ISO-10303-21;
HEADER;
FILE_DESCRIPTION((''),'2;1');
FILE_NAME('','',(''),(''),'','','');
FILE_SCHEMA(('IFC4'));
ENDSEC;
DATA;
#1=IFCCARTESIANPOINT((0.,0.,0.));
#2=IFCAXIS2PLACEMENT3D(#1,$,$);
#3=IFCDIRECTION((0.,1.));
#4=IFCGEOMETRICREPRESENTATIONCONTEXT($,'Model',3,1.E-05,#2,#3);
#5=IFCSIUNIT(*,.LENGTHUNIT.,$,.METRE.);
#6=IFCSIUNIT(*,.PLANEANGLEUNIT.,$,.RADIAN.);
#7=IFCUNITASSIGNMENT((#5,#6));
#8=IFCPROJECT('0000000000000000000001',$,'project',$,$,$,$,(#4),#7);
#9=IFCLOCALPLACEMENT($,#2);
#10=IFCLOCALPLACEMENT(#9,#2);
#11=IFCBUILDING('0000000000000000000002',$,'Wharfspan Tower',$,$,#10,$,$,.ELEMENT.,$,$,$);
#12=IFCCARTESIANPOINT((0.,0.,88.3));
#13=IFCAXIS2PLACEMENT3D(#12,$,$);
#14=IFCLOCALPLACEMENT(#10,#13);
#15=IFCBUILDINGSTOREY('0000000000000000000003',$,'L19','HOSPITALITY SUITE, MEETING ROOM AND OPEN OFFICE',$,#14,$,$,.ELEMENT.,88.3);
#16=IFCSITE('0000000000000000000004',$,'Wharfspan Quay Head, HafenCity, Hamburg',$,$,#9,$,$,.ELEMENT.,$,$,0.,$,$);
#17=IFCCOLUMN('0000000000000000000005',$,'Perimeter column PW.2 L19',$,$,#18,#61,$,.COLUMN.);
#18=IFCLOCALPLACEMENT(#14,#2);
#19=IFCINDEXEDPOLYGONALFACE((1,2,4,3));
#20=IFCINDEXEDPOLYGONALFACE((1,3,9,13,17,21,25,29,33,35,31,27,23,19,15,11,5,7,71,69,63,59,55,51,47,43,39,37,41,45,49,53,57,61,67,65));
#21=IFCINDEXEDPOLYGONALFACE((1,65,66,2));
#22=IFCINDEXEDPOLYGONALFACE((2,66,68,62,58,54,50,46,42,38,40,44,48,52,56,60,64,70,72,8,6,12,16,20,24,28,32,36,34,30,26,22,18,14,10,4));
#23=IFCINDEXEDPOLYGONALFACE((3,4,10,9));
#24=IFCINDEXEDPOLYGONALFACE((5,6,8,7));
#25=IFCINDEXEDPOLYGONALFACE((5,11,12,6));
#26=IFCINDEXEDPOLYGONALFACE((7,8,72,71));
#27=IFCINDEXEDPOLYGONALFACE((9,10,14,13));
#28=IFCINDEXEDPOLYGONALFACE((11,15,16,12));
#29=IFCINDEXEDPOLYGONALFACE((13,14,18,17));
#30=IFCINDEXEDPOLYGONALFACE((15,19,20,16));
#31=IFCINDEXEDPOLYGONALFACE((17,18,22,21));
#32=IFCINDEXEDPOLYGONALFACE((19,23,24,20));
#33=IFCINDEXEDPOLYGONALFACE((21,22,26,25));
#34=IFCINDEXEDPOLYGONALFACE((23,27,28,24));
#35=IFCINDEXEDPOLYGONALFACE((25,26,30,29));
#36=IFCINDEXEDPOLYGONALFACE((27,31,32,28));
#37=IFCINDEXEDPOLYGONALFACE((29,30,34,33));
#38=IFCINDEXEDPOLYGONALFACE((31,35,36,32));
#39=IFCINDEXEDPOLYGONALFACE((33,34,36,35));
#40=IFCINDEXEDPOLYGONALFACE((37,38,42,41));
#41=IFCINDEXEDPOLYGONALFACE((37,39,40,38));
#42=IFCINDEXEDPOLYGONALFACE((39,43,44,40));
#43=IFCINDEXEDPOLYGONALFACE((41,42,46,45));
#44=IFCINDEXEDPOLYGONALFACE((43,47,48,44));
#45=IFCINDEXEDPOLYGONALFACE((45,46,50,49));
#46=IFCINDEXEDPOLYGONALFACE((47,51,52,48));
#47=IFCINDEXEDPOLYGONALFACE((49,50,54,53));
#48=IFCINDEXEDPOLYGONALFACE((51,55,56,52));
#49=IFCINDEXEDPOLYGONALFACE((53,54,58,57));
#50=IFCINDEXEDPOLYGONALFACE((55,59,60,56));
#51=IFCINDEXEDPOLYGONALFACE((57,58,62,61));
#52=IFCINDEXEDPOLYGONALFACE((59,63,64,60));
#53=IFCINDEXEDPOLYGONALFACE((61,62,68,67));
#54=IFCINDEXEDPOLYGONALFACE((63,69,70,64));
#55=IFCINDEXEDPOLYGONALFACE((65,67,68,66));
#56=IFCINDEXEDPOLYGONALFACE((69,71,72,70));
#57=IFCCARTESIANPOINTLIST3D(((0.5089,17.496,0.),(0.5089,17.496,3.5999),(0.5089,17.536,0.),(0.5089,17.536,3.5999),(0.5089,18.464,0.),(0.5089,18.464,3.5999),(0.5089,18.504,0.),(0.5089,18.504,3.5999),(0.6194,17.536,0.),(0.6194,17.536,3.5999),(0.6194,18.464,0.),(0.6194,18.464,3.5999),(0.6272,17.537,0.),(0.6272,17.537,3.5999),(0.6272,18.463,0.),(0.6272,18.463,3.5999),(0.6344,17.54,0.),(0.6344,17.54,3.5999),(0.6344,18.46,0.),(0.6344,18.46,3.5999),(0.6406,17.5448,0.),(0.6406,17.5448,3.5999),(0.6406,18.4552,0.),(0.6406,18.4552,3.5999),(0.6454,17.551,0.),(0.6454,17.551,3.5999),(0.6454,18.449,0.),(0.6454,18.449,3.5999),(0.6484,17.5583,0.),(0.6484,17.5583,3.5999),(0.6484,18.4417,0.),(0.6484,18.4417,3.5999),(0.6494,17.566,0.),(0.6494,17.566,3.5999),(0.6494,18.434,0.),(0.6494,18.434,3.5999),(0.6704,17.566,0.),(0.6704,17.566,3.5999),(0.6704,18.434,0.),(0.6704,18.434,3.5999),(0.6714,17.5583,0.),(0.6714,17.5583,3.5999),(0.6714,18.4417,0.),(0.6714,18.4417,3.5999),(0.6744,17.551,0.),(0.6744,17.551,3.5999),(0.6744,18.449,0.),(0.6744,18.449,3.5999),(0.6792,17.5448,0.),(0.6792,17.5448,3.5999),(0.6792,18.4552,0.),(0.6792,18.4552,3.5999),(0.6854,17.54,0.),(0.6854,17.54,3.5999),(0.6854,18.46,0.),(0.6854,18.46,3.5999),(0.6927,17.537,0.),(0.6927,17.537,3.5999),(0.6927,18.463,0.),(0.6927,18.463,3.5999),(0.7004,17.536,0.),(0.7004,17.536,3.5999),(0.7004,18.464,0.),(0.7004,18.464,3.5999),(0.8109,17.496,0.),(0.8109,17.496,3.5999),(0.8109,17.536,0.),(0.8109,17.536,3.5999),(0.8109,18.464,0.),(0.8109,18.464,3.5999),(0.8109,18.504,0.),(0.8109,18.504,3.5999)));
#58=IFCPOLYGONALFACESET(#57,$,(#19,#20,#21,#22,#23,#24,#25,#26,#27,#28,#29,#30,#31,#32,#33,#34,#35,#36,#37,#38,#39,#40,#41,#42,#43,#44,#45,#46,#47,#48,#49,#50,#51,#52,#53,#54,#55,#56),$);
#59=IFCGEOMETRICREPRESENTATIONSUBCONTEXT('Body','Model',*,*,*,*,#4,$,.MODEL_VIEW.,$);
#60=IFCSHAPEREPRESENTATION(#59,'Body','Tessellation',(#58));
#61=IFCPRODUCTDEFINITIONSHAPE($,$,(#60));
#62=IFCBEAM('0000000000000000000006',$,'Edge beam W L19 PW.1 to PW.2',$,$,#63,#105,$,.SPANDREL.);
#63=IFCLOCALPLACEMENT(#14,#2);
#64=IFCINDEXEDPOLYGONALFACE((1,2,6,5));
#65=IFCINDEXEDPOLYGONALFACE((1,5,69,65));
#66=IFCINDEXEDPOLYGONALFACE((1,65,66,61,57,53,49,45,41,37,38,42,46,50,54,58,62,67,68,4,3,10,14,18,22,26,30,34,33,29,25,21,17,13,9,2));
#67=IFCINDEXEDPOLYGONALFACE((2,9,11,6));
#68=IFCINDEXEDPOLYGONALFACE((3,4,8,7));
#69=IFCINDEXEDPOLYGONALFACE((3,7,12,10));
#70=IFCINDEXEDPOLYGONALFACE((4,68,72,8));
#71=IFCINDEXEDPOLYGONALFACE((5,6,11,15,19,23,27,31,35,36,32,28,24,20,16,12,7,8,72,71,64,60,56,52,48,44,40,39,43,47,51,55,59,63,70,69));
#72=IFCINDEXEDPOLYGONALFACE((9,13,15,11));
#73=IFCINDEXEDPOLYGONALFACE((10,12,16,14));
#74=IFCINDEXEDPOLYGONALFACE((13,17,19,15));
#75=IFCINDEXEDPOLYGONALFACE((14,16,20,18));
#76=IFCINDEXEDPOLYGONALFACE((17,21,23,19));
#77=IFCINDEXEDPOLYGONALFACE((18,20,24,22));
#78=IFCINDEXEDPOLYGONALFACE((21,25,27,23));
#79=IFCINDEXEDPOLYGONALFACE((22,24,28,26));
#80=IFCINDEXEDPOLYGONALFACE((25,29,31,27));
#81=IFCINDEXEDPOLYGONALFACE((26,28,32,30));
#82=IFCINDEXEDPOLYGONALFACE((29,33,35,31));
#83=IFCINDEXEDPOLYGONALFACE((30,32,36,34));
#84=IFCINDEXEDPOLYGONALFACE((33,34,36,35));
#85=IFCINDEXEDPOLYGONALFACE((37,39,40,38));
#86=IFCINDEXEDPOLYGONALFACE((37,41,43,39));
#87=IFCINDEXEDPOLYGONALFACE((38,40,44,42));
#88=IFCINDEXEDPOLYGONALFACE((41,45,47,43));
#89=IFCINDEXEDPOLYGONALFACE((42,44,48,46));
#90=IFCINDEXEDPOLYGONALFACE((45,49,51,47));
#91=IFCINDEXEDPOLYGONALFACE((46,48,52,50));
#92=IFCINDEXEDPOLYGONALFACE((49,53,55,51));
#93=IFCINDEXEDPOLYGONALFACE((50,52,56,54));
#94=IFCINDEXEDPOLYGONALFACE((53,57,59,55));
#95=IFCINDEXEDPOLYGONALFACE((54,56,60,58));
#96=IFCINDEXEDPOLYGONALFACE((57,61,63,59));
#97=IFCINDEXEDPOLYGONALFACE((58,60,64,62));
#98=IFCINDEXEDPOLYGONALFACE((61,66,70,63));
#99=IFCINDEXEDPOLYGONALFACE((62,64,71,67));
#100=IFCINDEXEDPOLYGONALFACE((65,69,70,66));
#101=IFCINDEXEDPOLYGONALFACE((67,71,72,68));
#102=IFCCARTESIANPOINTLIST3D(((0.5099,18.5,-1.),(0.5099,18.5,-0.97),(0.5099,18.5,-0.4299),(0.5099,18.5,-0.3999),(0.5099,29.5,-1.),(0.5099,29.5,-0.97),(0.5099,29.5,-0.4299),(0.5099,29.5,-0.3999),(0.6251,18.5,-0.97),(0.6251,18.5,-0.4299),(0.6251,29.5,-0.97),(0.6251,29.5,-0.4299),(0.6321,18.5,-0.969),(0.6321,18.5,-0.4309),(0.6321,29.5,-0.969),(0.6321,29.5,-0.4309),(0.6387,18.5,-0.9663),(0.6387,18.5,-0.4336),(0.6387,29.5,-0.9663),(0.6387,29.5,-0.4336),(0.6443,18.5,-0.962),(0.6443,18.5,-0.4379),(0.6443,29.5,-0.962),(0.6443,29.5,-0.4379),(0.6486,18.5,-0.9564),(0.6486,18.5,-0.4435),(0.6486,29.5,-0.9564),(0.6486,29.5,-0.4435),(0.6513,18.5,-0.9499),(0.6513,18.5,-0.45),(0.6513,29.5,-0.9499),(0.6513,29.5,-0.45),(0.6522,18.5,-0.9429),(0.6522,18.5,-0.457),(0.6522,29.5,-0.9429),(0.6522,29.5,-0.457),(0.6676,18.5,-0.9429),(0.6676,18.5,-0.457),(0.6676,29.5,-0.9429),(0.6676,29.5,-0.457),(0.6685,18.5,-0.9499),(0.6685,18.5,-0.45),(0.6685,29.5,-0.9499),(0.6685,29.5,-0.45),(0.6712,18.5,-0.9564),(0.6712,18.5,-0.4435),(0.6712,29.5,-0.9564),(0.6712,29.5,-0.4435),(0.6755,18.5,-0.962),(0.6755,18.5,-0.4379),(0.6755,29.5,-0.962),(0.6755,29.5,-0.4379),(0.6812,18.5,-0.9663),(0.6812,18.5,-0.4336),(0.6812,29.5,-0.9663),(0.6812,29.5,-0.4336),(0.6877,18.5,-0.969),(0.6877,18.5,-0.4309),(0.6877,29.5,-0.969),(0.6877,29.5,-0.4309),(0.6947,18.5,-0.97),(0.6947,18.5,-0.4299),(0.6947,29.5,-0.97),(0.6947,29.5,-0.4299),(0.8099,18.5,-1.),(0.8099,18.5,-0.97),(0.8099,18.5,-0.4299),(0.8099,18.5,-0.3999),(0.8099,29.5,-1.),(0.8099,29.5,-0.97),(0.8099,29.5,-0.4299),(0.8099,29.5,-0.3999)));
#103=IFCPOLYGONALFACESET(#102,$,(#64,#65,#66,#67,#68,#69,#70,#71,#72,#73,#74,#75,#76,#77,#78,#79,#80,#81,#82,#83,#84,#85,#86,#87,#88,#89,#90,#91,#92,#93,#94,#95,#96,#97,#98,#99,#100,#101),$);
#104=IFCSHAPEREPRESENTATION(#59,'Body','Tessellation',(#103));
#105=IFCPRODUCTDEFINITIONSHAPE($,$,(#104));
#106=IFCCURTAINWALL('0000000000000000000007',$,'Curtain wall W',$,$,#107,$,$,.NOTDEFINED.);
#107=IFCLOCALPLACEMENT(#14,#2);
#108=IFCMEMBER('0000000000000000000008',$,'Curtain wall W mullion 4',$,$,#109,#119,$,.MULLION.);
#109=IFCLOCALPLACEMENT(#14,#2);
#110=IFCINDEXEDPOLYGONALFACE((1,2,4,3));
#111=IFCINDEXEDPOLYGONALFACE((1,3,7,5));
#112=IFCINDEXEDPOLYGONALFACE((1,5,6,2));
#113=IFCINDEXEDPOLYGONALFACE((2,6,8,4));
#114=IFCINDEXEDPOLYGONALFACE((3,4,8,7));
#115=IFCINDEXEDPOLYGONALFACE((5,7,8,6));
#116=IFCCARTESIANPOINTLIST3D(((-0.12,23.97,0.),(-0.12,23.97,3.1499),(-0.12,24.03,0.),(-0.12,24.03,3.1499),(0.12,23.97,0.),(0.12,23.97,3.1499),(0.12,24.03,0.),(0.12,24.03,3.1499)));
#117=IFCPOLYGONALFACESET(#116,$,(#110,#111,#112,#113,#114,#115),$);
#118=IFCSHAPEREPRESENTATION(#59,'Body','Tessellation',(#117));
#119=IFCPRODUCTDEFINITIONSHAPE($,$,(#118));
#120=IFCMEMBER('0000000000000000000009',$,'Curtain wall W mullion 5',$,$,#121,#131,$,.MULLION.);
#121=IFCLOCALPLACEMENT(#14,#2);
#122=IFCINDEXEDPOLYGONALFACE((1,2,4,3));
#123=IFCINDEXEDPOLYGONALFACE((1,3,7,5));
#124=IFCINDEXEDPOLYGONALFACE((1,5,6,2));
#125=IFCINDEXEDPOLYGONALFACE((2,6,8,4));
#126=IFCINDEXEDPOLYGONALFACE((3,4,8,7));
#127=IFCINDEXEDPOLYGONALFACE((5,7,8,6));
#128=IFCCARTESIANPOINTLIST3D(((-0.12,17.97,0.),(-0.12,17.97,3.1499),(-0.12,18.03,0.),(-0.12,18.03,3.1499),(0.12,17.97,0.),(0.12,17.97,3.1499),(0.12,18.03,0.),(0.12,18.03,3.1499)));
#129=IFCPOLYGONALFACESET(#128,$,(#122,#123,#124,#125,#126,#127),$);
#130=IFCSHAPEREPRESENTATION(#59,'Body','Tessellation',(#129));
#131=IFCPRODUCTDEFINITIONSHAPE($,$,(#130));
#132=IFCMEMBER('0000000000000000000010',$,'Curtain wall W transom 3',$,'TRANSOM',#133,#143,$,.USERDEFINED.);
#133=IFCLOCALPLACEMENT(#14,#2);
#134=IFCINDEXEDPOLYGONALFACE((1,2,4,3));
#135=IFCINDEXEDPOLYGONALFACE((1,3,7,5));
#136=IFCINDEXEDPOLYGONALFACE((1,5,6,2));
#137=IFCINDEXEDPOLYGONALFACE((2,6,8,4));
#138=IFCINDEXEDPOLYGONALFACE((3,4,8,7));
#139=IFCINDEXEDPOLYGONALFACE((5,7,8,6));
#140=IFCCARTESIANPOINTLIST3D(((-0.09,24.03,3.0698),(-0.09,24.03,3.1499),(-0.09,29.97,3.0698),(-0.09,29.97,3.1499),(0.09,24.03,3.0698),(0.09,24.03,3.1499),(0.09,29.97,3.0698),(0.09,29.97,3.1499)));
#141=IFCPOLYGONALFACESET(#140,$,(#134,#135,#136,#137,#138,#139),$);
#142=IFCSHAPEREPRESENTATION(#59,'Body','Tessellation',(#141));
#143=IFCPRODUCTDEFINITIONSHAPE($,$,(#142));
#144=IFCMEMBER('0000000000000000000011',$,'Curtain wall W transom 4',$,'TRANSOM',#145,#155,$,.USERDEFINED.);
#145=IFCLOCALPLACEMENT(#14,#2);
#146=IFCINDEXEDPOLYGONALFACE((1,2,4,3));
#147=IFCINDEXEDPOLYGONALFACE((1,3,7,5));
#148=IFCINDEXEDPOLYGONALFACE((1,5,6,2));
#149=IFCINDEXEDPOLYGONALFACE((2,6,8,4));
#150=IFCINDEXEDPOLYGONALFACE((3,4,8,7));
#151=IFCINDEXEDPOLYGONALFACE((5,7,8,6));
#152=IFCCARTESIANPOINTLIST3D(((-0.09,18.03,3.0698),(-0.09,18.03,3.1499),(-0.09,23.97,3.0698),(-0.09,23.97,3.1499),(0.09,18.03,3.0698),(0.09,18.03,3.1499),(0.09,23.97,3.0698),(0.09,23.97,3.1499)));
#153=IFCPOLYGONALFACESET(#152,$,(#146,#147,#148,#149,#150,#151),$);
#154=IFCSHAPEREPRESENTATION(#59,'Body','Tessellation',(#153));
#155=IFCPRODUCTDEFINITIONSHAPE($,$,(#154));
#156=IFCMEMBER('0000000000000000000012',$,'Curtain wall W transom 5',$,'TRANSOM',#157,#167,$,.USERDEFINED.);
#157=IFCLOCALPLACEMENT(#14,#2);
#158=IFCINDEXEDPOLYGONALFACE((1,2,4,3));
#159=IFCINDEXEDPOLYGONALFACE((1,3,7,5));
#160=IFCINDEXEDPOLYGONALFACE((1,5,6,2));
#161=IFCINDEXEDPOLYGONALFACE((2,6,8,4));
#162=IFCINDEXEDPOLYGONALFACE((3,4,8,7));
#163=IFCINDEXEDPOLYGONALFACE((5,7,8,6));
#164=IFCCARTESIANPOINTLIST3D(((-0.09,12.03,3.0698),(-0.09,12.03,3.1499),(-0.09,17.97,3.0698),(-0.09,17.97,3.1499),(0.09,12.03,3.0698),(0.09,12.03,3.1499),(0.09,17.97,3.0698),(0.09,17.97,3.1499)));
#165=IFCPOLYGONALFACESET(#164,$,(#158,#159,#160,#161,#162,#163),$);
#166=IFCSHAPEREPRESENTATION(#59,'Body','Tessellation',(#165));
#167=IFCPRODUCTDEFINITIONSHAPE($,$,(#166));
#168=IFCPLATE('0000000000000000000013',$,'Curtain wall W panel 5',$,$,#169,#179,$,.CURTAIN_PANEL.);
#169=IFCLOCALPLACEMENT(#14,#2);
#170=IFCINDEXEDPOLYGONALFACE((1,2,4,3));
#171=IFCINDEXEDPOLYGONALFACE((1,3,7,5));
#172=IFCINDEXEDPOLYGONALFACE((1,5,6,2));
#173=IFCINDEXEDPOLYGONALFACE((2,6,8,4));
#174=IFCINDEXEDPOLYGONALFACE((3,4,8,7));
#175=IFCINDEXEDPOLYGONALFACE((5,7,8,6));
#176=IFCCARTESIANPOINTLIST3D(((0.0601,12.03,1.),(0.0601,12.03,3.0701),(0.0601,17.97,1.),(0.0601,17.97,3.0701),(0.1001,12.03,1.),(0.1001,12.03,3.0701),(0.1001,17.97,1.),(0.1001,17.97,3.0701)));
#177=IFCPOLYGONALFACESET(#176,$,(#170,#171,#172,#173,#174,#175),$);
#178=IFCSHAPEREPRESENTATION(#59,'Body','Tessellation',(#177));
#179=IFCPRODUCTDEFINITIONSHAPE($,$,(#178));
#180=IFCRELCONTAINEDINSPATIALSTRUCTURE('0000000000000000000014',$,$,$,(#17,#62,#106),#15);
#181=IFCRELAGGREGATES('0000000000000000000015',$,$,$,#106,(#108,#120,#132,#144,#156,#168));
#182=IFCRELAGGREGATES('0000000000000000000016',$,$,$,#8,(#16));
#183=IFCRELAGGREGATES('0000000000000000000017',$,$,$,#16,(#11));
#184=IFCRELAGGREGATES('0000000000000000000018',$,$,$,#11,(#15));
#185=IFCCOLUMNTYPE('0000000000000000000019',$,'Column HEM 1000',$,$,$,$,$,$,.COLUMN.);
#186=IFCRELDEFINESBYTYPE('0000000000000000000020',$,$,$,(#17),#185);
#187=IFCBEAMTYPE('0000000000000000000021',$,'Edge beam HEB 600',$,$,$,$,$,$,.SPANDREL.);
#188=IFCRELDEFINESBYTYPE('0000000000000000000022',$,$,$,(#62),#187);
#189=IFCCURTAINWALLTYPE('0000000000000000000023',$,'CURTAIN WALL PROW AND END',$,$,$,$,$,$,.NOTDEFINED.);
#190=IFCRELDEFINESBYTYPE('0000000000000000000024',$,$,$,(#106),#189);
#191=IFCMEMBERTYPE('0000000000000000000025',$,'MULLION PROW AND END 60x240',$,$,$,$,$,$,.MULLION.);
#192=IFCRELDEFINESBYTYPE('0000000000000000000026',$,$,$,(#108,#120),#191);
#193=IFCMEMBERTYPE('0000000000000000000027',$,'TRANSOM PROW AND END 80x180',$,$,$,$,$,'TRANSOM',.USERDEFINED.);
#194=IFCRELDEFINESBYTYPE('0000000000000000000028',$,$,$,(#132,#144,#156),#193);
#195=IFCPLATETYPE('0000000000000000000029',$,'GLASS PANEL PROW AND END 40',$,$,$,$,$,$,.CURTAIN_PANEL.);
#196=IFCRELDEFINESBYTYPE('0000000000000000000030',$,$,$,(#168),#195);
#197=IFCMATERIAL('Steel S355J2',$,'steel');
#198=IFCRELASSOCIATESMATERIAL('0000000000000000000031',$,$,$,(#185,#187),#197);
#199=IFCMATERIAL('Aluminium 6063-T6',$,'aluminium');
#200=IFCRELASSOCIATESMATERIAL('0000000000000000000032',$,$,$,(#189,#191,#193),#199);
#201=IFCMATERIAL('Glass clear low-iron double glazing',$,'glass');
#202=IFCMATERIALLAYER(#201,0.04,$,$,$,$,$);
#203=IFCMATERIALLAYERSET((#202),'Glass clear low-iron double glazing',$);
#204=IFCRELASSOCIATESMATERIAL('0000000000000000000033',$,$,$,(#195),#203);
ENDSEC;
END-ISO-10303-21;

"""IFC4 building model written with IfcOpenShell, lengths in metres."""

from ifc_helpers import new_model, si_unit, direction, frame, origin, origin_2d, place, context, subcontext, project, spatial, rectangle, i_section, extrude, material, layer, layer_set, material_profile, profile_set, type_object, element, aggregate, save


model = new_model("IFC4")

# Units and contexts
model_context = context("Model", 3, precision=1e-05, world=origin(), true_north=direction((0.0, 1.0)))
body_context = subcontext(model_context, "Body", "Model", "MODEL_VIEW")
ifc_project = project(units=[si_unit("LENGTHUNIT", "METRE"), si_unit("PLANEANGLEUNIT", "RADIAN")], contexts=[model_context])

# Site, building, storey
site_placement = place(None, origin())
site = spatial("IfcSite", under=ifc_project, at=site_placement, Name="Wharfspan Quay Head, HafenCity, Hamburg", CompositionType="ELEMENT", RefElevation=0.0)
building_placement = place(site_placement, origin())
building = spatial("IfcBuilding", under=site, at=building_placement, Name="Wharfspan Tower", CompositionType="ELEMENT")
storey_placement = place(building_placement, frame((0.0, 0.0, 88.3)))
storey = spatial("IfcBuildingStorey", under=building, at=storey_placement, Name="L19", Description="HOSPITALITY SUITE, MEETING ROOM AND OPEN OFFICE", CompositionType="ELEMENT", Elevation=88.3)

# Column
ifc_material_1 = material(Name="Steel S355J2", Category="steel")
ifc_material_profile_1 = material_profile(ifc_material_1, i_section(OverallWidth=0.302, OverallDepth=1.0081, WebThickness=0.021, FlangeThickness=0.04, FilletRadius=0.03, at=origin_2d()))
ifc_profile_set_1 = profile_set([ifc_material_profile_1], Name="Steel S355J2")
column_type = type_object("IfcColumnType", Name="Column HEM 1000", PredefinedType="COLUMN", material=ifc_profile_set_1)
column_placement = place(storey_placement, frame((0.6599, 18.0, 0.0), z_axis=(0.0, 0.0, 1.0), x_axis=(-1.0, 0.0, 0.0)))
element("IfcColumn", 1, at=column_placement, inside=storey, type_object=column_type, Name="Perimeter column PW.2 L19", PredefinedType="COLUMN", context=body_context, shape_type="SweptSolid", body=[
    extrude(i_section(OverallWidth=0.302, OverallDepth=1.0081, WebThickness=0.021, FlangeThickness=0.04, FilletRadius=0.03, at=origin_2d()), origin(), (0.0, 0.0, 1.0), 3.5999),
])

# Beam
ifc_material_profile_2 = material_profile(ifc_material_1, i_section(OverallWidth=0.3, OverallDepth=0.6001, WebThickness=0.0154, FlangeThickness=0.03, FilletRadius=0.0271, at=origin_2d()))
ifc_profile_set_2 = profile_set([ifc_material_profile_2], Name="Steel S355J2")
beam_type = type_object("IfcBeamType", Name="Edge beam HEB 600", PredefinedType="SPANDREL", material=ifc_profile_set_2)
beam_placement = place(storey_placement, frame((0.6599, 29.5, -0.7), z_axis=(0.0, -1.0, 0.0), x_axis=(1.0, 0.0, 0.0)))
element("IfcBeam", 2, at=beam_placement, inside=storey, type_object=beam_type, Name="Edge beam W L19 PW.1 to PW.2", PredefinedType="SPANDREL", context=body_context, shape_type="SweptSolid", body=[
    extrude(i_section(OverallWidth=0.3, OverallDepth=0.6001, WebThickness=0.0154, FlangeThickness=0.03, FilletRadius=0.0271, at=origin_2d()), origin(), (0.0, 0.0, 1.0), 11.0),
])

# Curtain wall, members, plate
ifc_material_2 = material(Name="Aluminium 6063-T6", Category="aluminium")
curtain_wall_type = type_object("IfcCurtainWallType", Name="CURTAIN WALL PROW AND END", PredefinedType="NOTDEFINED", material=ifc_material_2)
curtain_wall_placement = place(storey_placement, origin())
curtain_wall = element("IfcCurtainWall", 3, at=curtain_wall_placement, inside=storey, type_object=curtain_wall_type, Name="Curtain wall W", PredefinedType="NOTDEFINED")
ifc_material_profile_3 = material_profile(ifc_material_2, rectangle(XDim=0.24, YDim=0.0601, at=origin_2d()))
ifc_profile_set_3 = profile_set([ifc_material_profile_3], Name="Aluminium 6063-T6")
member_type_1 = type_object("IfcMemberType", Name="MULLION PROW AND END 60x240", PredefinedType="MULLION", material=ifc_profile_set_3)
member_1_placement = place(storey_placement, frame((0.0, 24.0, 0.0), z_axis=(0.0, 0.0, 1.0), x_axis=(1.0, 0.0, 0.0)))
member_1 = element("IfcMember", 4, at=member_1_placement, type_object=member_type_1, Name="Curtain wall W mullion 4", PredefinedType="MULLION", context=body_context, shape_type="SweptSolid", body=[
    extrude(rectangle(XDim=0.24, YDim=0.0601, at=origin_2d()), origin(), (0.0, 0.0, 1.0), 3.1499),
])
member_2_placement = place(storey_placement, frame((0.0, 18.0, 0.0), z_axis=(0.0, 0.0, 1.0), x_axis=(1.0, 0.0, 0.0)))
member_2 = element("IfcMember", 5, at=member_2_placement, type_object=member_type_1, Name="Curtain wall W mullion 5", PredefinedType="MULLION", context=body_context, shape_type="SweptSolid", body=[
    extrude(rectangle(XDim=0.24, YDim=0.0601, at=origin_2d()), origin(), (0.0, 0.0, 1.0), 3.1499),
])
ifc_material_profile_4 = material_profile(ifc_material_2, rectangle(XDim=0.1799, YDim=0.0801, at=origin_2d()))
ifc_profile_set_4 = profile_set([ifc_material_profile_4], Name="Aluminium 6063-T6")
member_type_2 = type_object("IfcMemberType", Name="TRANSOM PROW AND END 80x180", ElementType="TRANSOM", PredefinedType="USERDEFINED", material=ifc_profile_set_4)
member_3_placement = place(storey_placement, frame((0.0, 29.97, 3.1099), z_axis=(0.0, -1.0, 0.0), x_axis=(1.0, 0.0, 0.0)))
member_3 = element("IfcMember", 6, at=member_3_placement, type_object=member_type_2, Name="Curtain wall W transom 3", ObjectType="TRANSOM", PredefinedType="USERDEFINED", context=body_context, shape_type="SweptSolid", body=[
    extrude(rectangle(XDim=0.1799, YDim=0.0801, at=origin_2d()), origin(), (0.0, 0.0, 1.0), 5.9399),
])
member_4_placement = place(storey_placement, frame((0.0, 23.97, 3.1099), z_axis=(0.0, -1.0, 0.0), x_axis=(1.0, 0.0, 0.0)))
member_4 = element("IfcMember", 7, at=member_4_placement, type_object=member_type_2, Name="Curtain wall W transom 4", ObjectType="TRANSOM", PredefinedType="USERDEFINED", context=body_context, shape_type="SweptSolid", body=[
    extrude(rectangle(XDim=0.1799, YDim=0.0801, at=origin_2d()), origin(), (0.0, 0.0, 1.0), 5.9399),
])
member_5_placement = place(storey_placement, frame((0.0, 17.97, 3.1099), z_axis=(0.0, -1.0, 0.0), x_axis=(1.0, 0.0, 0.0)))
member_5 = element("IfcMember", 8, at=member_5_placement, type_object=member_type_2, Name="Curtain wall W transom 5", ObjectType="TRANSOM", PredefinedType="USERDEFINED", context=body_context, shape_type="SweptSolid", body=[
    extrude(rectangle(XDim=0.1799, YDim=0.0801, at=origin_2d()), origin(), (0.0, 0.0, 1.0), 5.9399),
])
ifc_material_3 = material(Name="Glass clear low-iron double glazing", Category="glass")
ifc_layer_1 = layer(ifc_material_3, 0.04)
ifc_layer_set_1 = layer_set([ifc_layer_1], Name="Glass clear low-iron double glazing")
plate_type_1 = type_object("IfcPlateType", Name="GLASS PANEL PROW AND END 40", PredefinedType="CURTAIN_PANEL", material=ifc_layer_set_1)
plate_1_placement = place(storey_placement, frame((0.0801, 15.0, 1.0), z_axis=(0.0, 0.0, 1.0), x_axis=(0.0, -1.0, 0.0)))
plate_1 = element("IfcPlate", 9, at=plate_1_placement, type_object=plate_type_1, Name="Curtain wall W panel 5", PredefinedType="CURTAIN_PANEL", context=body_context, shape_type="SweptSolid", body=[
    extrude(rectangle(XDim=5.9399, YDim=0.04, at=origin_2d()), origin(), (0.0, 0.0, 1.0), 2.0701),
])
aggregate(curtain_wall, [member_1, member_2, member_3, member_4, member_5, plate_1])

save(model, "model.ifc")
